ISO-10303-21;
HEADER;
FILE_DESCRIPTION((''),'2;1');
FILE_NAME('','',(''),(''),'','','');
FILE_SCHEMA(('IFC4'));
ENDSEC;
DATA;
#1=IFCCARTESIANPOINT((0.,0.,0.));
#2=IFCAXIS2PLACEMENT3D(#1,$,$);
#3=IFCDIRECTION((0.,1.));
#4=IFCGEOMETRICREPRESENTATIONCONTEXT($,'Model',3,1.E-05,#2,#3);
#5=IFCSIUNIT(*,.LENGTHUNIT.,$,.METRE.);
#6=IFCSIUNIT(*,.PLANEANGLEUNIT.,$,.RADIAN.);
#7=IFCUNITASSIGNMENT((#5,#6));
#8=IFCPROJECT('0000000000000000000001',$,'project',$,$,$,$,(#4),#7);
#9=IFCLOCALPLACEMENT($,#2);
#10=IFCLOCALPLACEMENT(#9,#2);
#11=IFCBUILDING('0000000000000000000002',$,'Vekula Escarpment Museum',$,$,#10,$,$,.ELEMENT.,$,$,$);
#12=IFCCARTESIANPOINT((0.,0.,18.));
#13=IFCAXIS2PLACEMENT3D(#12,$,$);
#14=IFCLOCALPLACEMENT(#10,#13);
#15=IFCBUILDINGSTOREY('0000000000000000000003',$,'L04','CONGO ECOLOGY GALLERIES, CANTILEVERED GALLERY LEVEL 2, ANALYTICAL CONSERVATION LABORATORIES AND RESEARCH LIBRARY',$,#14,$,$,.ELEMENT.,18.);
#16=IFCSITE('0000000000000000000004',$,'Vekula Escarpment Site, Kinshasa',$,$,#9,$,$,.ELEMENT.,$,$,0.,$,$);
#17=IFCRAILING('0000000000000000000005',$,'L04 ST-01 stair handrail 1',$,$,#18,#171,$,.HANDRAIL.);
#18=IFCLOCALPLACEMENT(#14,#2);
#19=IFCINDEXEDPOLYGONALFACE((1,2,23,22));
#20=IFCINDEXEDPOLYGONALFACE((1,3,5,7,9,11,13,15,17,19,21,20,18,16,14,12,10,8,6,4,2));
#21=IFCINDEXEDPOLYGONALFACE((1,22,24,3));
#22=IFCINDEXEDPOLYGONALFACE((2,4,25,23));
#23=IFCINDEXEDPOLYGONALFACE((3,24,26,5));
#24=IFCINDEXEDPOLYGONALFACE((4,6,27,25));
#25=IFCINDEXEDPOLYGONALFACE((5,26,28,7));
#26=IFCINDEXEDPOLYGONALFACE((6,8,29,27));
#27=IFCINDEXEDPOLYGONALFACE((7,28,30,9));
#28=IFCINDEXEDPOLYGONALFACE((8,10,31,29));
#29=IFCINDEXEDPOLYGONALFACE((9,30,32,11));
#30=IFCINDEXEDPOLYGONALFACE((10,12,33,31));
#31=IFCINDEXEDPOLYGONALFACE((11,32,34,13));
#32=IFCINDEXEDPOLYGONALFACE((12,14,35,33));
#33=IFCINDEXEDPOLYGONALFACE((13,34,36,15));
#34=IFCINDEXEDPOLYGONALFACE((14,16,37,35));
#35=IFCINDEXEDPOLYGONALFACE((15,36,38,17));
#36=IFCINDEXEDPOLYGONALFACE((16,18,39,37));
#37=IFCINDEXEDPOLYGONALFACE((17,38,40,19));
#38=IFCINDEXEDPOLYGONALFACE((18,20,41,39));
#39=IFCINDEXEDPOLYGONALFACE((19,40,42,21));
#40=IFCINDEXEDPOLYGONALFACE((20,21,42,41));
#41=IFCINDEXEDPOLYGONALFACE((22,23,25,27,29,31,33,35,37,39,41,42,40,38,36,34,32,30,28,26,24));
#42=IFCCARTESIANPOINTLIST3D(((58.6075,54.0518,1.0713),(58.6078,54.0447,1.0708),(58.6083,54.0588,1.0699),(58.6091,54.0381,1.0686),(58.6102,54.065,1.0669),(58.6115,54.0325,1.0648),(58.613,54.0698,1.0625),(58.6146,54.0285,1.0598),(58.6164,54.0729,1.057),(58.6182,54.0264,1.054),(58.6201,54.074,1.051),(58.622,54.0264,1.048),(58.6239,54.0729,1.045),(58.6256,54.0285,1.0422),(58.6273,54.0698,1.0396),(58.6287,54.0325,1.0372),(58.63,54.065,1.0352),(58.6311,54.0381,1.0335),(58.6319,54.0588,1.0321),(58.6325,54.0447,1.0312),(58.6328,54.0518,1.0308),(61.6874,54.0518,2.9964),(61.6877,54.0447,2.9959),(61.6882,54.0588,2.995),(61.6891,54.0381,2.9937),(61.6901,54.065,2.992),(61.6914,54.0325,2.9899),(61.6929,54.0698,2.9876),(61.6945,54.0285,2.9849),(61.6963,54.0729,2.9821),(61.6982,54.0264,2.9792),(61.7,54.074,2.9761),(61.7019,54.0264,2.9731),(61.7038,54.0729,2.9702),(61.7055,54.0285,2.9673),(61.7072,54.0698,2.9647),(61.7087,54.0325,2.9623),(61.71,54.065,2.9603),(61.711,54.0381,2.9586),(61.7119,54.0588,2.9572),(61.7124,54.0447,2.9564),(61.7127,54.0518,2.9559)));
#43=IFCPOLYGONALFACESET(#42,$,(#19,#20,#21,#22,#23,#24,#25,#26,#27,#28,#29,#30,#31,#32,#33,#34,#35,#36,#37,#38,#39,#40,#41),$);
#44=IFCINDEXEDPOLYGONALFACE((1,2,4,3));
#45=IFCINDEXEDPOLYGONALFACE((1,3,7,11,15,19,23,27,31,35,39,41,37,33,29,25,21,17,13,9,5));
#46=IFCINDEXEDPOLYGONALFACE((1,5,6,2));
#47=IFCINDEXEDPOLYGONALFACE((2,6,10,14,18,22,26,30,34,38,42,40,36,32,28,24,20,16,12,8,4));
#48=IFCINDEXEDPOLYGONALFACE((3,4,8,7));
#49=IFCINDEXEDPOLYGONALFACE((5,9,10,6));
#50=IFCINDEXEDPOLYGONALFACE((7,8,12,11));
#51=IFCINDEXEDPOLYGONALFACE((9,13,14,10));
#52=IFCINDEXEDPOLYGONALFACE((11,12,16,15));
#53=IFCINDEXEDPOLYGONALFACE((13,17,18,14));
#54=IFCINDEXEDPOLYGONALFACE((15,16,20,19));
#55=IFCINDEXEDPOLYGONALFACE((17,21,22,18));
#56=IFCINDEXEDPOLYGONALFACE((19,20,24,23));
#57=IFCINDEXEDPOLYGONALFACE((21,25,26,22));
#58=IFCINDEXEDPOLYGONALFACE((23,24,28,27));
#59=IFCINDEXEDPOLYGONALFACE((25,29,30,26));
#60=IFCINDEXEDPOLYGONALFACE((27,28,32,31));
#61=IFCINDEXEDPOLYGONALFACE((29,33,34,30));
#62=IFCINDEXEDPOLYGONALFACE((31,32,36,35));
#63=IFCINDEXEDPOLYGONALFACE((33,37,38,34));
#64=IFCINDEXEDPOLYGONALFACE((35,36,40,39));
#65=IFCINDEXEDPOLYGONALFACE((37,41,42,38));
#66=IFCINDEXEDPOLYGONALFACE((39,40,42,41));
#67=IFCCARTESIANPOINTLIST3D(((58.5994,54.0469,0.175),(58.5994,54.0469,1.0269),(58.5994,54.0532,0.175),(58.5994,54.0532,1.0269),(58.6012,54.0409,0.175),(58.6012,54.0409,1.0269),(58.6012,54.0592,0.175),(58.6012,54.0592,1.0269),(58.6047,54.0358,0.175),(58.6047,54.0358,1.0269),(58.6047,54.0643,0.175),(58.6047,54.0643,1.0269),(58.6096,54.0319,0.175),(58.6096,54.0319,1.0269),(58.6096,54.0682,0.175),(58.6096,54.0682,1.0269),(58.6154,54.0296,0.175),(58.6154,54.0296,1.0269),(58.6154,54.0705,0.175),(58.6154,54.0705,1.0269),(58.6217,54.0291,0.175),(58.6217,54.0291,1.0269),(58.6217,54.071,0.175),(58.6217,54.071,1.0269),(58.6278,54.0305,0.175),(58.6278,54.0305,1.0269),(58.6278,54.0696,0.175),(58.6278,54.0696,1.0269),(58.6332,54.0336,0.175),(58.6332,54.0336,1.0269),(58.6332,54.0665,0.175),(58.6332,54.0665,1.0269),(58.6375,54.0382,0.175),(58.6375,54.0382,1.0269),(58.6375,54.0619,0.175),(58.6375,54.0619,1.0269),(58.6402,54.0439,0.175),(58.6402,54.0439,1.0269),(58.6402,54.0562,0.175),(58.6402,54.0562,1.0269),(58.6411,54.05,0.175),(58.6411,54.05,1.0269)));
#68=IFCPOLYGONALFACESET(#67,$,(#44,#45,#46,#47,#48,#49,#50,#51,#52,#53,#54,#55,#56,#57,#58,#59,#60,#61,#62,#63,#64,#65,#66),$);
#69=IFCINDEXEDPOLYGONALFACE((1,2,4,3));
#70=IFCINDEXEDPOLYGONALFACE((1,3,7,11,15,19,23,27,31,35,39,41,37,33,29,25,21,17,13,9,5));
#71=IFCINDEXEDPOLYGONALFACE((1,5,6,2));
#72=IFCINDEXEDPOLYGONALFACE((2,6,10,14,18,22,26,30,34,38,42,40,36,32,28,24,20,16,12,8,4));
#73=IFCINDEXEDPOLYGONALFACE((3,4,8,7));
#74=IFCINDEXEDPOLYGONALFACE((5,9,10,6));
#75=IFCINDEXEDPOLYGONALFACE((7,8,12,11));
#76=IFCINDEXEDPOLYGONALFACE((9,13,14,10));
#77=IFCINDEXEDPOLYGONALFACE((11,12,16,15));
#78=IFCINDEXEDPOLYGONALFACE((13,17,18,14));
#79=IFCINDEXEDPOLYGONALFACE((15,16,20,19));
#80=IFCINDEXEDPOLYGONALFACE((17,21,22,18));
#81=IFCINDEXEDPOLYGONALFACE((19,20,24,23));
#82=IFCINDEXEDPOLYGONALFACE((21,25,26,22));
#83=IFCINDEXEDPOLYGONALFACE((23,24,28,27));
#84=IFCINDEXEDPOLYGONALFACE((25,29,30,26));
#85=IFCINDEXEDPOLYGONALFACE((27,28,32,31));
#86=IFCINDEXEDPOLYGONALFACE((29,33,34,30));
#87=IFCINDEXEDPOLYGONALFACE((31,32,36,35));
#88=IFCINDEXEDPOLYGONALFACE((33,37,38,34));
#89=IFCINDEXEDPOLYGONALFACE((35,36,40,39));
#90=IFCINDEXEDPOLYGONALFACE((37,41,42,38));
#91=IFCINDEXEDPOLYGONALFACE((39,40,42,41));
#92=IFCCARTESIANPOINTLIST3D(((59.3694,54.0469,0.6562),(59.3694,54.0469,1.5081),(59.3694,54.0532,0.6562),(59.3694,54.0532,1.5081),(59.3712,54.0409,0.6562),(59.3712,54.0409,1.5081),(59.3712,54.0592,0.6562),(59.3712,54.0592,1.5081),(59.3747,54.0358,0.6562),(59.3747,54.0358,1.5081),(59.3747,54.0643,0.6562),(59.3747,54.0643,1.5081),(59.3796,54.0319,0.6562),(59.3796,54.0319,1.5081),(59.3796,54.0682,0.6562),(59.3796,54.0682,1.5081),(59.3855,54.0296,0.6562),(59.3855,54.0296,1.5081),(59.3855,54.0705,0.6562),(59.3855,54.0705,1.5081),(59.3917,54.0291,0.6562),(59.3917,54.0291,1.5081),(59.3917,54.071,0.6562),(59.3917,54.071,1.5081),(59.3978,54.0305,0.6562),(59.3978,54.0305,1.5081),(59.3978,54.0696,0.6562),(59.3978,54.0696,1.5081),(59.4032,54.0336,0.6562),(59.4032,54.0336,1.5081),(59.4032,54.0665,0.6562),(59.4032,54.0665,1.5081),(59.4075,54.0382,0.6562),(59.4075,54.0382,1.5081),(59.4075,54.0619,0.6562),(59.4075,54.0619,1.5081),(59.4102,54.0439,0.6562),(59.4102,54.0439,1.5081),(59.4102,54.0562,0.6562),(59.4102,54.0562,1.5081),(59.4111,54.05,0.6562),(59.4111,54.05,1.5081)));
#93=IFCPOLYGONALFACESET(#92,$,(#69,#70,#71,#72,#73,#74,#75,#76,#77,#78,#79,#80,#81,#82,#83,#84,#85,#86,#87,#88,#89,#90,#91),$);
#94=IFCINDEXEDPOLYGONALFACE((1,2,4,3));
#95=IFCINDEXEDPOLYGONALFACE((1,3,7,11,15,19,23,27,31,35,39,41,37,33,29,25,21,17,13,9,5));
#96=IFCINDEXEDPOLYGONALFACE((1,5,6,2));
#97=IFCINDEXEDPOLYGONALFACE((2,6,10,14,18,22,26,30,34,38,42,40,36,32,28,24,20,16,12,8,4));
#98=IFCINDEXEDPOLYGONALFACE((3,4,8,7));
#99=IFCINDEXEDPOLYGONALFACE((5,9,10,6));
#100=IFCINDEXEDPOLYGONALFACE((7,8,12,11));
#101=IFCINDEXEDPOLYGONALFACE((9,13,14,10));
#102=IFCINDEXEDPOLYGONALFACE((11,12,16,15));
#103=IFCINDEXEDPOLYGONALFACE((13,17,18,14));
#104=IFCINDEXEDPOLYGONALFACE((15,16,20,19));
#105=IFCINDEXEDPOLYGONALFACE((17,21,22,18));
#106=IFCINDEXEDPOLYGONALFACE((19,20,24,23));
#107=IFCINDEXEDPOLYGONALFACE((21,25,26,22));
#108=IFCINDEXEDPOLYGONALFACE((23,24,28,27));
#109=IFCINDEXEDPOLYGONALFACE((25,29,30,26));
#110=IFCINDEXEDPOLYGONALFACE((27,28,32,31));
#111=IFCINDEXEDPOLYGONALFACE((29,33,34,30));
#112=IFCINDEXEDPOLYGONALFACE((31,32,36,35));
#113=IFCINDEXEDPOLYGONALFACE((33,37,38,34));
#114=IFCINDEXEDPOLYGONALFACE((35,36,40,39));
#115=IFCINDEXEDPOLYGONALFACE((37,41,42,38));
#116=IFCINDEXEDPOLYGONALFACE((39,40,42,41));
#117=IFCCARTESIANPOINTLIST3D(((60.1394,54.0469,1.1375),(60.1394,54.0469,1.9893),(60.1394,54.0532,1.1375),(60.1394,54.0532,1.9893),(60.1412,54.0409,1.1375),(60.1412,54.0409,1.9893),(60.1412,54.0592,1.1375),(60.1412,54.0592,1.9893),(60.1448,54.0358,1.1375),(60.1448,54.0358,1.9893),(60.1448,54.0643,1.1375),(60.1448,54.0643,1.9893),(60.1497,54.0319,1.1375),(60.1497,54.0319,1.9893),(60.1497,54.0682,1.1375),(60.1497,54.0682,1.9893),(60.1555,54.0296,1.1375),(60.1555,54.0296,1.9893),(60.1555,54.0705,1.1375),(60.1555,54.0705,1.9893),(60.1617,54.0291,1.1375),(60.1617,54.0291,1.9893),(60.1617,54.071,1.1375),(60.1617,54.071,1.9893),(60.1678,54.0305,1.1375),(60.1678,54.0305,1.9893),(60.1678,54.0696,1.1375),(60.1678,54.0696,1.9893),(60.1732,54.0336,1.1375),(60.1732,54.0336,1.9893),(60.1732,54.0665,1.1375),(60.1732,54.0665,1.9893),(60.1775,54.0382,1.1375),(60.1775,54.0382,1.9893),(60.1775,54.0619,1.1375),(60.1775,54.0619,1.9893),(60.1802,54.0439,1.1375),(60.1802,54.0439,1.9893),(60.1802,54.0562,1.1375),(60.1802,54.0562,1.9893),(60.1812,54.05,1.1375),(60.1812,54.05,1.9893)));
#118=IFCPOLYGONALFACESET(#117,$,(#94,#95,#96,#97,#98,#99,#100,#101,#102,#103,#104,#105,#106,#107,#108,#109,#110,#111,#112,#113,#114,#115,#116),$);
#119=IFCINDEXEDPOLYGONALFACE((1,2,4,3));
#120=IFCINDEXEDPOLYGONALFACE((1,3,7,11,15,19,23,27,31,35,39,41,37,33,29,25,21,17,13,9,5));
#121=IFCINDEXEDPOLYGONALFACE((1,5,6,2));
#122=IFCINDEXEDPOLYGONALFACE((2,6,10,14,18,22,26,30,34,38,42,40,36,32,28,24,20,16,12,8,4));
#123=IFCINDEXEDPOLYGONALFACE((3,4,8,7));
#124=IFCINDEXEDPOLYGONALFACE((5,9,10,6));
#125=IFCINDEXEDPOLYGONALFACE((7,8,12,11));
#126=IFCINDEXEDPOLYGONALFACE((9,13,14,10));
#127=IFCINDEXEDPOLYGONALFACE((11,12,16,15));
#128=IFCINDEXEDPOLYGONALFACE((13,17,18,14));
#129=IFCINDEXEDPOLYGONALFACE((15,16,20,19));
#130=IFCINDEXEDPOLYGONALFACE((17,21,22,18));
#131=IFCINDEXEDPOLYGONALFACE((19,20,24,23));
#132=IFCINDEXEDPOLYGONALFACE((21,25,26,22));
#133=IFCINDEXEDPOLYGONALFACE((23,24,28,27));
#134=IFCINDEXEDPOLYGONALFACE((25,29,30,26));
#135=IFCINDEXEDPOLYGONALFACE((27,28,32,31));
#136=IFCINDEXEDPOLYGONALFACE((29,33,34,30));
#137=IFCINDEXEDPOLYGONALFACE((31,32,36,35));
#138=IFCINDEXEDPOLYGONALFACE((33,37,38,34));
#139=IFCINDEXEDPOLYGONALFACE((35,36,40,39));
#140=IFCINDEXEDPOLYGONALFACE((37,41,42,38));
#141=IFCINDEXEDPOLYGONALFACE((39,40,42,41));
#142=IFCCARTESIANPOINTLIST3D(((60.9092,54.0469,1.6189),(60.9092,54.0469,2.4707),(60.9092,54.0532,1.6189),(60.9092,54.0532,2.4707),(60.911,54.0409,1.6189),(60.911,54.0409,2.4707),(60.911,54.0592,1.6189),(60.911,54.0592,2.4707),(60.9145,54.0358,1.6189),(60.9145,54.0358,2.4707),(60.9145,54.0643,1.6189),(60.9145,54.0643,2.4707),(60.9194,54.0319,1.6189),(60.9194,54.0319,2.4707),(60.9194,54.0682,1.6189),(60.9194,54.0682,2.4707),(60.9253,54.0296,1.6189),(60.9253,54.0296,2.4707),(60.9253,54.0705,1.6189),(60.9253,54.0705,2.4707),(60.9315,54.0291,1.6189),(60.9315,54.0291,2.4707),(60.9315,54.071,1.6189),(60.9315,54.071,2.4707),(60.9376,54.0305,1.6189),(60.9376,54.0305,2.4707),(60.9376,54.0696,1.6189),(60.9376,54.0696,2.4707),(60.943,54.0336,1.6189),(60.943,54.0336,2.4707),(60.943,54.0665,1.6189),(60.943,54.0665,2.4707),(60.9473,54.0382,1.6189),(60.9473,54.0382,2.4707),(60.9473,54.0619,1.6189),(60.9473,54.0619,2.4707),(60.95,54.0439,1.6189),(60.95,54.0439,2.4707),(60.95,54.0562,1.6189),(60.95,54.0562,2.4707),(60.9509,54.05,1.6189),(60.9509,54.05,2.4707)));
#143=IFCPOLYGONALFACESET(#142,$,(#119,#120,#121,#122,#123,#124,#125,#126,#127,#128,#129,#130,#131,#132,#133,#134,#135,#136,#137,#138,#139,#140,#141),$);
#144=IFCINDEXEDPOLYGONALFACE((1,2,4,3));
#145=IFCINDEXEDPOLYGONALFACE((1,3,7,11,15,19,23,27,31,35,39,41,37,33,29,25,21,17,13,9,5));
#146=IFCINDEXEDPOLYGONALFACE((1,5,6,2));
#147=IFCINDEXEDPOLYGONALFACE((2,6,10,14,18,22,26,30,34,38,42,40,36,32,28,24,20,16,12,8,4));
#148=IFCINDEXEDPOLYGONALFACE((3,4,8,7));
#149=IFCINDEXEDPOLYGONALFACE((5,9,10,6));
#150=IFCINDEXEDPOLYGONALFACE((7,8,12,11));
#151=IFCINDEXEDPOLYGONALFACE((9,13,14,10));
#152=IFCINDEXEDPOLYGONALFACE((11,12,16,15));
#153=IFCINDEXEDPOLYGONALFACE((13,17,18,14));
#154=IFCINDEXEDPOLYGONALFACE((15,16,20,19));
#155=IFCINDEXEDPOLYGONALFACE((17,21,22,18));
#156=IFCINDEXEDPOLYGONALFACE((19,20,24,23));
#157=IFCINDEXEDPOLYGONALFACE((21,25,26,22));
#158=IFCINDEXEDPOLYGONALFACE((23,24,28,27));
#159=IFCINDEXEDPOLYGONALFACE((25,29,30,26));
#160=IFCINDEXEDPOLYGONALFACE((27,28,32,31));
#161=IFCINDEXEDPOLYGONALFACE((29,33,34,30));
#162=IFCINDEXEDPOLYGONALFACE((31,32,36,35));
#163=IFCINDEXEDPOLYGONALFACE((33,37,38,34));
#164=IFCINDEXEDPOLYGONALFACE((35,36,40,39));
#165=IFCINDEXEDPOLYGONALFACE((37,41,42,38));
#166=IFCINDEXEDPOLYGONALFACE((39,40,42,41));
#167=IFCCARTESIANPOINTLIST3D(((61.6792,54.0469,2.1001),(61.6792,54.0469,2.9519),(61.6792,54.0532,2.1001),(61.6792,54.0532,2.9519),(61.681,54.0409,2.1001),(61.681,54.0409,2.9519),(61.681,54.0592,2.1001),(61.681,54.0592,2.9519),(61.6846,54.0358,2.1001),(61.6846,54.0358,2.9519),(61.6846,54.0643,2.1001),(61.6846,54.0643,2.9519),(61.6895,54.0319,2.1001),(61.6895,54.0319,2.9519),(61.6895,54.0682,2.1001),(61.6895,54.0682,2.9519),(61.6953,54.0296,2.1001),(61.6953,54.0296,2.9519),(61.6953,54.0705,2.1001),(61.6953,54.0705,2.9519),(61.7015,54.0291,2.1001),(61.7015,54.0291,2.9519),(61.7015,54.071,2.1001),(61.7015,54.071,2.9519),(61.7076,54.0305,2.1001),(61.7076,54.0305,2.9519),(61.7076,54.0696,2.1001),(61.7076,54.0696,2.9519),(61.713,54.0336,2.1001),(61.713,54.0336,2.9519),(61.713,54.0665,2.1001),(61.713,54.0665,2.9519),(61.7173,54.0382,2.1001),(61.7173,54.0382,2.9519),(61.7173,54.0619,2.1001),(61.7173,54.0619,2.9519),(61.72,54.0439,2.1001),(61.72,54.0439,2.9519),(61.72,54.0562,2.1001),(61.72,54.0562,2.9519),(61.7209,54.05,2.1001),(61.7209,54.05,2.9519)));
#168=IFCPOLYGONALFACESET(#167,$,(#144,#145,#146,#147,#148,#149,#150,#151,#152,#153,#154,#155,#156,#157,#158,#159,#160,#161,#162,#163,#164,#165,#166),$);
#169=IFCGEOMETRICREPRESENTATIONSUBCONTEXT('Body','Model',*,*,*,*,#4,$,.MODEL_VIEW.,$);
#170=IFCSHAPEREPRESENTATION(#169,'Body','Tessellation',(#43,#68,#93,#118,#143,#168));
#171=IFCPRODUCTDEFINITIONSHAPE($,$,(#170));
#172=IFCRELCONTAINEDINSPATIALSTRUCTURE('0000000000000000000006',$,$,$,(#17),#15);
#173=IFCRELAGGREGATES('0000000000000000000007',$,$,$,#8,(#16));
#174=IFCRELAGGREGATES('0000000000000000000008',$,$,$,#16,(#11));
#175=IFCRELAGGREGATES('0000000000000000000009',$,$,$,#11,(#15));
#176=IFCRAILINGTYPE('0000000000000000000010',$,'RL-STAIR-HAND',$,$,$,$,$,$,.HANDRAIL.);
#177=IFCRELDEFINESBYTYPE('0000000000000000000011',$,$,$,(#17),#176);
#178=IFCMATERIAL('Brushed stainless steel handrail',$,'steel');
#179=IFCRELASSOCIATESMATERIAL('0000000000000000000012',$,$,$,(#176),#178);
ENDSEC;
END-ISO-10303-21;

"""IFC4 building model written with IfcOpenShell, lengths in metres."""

from ifc_helpers import new_model, si_unit, direction, frame, origin, origin_2d, place, context, subcontext, project, spatial, circle, extrude, material, type_object, element, save


model = new_model("IFC4")

# Units and contexts
model_context = context("Model", 3, precision=1e-05, world=origin(), true_north=direction((0.0, 1.0)))
body_context = subcontext(model_context, "Body", "Model", "MODEL_VIEW")
ifc_project = project(units=[si_unit("LENGTHUNIT", "METRE"), si_unit("PLANEANGLEUNIT", "RADIAN")], contexts=[model_context])

# Site, building, storey
site_placement = place(None, origin())
site = spatial("IfcSite", under=ifc_project, at=site_placement, Name="Vekula Escarpment Site, Kinshasa", CompositionType="ELEMENT", RefElevation=0.0)
building_placement = place(site_placement, origin())
building = spatial("IfcBuilding", under=site, at=building_placement, Name="Vekula Escarpment Museum", CompositionType="ELEMENT")
storey_placement = place(building_placement, frame((0.0, 0.0, 18.0)))
storey = spatial("IfcBuildingStorey", under=building, at=storey_placement, Name="L04", Description="CONGO ECOLOGY GALLERIES, CANTILEVERED GALLERY LEVEL 2, ANALYTICAL CONSERVATION LABORATORIES AND RESEARCH LIBRARY", CompositionType="ELEMENT", Elevation=18.0)

# Railing
ifc_material_1 = material(Name="Brushed stainless steel handrail", Category="steel")
railing_type_1 = type_object("IfcRailingType", Name="RL-STAIR-HAND", PredefinedType="HANDRAIL", material=ifc_material_1)
railing_1_placement = place(storey_placement, frame((58.6201, 54.05, 0.175)))
element("IfcRailing", 1, at=railing_1_placement, inside=storey, type_object=railing_type_1, Name="L04 ST-01 stair handrail 1", PredefinedType="HANDRAIL", context=body_context, shape_type="SweptSolid", body=[
    extrude(circle(Radius=0.0239, at=origin_2d()), frame((0.0, 0.0, 0.876), z_axis=(0.847979, 0.0, 0.530029), x_axis=(0.0, 1.0, 0.0)), (0.0, 0.0, 1.0), 3.6321),
    extrude(circle(Radius=0.021, at=origin_2d()), origin(), (0.0, 0.0, 1.0), 0.8518),
    extrude(circle(Radius=0.021, at=origin_2d()), frame((0.77, 0.0, 0.4812)), (0.0, 0.0, 1.0), 0.8518),
    extrude(circle(Radius=0.021, at=origin_2d()), frame((1.54, 0.0, 0.9624)), (0.0, 0.0, 1.0), 0.8518),
    extrude(circle(Radius=0.021, at=origin_2d()), frame((2.3098, 0.0, 1.4438)), (0.0, 0.0, 1.0), 0.8518),
    extrude(circle(Radius=0.021, at=origin_2d()), frame((3.0798, 0.0, 1.925)), (0.0, 0.0, 1.0), 0.8518),
])

save(model, "model.ifc")
